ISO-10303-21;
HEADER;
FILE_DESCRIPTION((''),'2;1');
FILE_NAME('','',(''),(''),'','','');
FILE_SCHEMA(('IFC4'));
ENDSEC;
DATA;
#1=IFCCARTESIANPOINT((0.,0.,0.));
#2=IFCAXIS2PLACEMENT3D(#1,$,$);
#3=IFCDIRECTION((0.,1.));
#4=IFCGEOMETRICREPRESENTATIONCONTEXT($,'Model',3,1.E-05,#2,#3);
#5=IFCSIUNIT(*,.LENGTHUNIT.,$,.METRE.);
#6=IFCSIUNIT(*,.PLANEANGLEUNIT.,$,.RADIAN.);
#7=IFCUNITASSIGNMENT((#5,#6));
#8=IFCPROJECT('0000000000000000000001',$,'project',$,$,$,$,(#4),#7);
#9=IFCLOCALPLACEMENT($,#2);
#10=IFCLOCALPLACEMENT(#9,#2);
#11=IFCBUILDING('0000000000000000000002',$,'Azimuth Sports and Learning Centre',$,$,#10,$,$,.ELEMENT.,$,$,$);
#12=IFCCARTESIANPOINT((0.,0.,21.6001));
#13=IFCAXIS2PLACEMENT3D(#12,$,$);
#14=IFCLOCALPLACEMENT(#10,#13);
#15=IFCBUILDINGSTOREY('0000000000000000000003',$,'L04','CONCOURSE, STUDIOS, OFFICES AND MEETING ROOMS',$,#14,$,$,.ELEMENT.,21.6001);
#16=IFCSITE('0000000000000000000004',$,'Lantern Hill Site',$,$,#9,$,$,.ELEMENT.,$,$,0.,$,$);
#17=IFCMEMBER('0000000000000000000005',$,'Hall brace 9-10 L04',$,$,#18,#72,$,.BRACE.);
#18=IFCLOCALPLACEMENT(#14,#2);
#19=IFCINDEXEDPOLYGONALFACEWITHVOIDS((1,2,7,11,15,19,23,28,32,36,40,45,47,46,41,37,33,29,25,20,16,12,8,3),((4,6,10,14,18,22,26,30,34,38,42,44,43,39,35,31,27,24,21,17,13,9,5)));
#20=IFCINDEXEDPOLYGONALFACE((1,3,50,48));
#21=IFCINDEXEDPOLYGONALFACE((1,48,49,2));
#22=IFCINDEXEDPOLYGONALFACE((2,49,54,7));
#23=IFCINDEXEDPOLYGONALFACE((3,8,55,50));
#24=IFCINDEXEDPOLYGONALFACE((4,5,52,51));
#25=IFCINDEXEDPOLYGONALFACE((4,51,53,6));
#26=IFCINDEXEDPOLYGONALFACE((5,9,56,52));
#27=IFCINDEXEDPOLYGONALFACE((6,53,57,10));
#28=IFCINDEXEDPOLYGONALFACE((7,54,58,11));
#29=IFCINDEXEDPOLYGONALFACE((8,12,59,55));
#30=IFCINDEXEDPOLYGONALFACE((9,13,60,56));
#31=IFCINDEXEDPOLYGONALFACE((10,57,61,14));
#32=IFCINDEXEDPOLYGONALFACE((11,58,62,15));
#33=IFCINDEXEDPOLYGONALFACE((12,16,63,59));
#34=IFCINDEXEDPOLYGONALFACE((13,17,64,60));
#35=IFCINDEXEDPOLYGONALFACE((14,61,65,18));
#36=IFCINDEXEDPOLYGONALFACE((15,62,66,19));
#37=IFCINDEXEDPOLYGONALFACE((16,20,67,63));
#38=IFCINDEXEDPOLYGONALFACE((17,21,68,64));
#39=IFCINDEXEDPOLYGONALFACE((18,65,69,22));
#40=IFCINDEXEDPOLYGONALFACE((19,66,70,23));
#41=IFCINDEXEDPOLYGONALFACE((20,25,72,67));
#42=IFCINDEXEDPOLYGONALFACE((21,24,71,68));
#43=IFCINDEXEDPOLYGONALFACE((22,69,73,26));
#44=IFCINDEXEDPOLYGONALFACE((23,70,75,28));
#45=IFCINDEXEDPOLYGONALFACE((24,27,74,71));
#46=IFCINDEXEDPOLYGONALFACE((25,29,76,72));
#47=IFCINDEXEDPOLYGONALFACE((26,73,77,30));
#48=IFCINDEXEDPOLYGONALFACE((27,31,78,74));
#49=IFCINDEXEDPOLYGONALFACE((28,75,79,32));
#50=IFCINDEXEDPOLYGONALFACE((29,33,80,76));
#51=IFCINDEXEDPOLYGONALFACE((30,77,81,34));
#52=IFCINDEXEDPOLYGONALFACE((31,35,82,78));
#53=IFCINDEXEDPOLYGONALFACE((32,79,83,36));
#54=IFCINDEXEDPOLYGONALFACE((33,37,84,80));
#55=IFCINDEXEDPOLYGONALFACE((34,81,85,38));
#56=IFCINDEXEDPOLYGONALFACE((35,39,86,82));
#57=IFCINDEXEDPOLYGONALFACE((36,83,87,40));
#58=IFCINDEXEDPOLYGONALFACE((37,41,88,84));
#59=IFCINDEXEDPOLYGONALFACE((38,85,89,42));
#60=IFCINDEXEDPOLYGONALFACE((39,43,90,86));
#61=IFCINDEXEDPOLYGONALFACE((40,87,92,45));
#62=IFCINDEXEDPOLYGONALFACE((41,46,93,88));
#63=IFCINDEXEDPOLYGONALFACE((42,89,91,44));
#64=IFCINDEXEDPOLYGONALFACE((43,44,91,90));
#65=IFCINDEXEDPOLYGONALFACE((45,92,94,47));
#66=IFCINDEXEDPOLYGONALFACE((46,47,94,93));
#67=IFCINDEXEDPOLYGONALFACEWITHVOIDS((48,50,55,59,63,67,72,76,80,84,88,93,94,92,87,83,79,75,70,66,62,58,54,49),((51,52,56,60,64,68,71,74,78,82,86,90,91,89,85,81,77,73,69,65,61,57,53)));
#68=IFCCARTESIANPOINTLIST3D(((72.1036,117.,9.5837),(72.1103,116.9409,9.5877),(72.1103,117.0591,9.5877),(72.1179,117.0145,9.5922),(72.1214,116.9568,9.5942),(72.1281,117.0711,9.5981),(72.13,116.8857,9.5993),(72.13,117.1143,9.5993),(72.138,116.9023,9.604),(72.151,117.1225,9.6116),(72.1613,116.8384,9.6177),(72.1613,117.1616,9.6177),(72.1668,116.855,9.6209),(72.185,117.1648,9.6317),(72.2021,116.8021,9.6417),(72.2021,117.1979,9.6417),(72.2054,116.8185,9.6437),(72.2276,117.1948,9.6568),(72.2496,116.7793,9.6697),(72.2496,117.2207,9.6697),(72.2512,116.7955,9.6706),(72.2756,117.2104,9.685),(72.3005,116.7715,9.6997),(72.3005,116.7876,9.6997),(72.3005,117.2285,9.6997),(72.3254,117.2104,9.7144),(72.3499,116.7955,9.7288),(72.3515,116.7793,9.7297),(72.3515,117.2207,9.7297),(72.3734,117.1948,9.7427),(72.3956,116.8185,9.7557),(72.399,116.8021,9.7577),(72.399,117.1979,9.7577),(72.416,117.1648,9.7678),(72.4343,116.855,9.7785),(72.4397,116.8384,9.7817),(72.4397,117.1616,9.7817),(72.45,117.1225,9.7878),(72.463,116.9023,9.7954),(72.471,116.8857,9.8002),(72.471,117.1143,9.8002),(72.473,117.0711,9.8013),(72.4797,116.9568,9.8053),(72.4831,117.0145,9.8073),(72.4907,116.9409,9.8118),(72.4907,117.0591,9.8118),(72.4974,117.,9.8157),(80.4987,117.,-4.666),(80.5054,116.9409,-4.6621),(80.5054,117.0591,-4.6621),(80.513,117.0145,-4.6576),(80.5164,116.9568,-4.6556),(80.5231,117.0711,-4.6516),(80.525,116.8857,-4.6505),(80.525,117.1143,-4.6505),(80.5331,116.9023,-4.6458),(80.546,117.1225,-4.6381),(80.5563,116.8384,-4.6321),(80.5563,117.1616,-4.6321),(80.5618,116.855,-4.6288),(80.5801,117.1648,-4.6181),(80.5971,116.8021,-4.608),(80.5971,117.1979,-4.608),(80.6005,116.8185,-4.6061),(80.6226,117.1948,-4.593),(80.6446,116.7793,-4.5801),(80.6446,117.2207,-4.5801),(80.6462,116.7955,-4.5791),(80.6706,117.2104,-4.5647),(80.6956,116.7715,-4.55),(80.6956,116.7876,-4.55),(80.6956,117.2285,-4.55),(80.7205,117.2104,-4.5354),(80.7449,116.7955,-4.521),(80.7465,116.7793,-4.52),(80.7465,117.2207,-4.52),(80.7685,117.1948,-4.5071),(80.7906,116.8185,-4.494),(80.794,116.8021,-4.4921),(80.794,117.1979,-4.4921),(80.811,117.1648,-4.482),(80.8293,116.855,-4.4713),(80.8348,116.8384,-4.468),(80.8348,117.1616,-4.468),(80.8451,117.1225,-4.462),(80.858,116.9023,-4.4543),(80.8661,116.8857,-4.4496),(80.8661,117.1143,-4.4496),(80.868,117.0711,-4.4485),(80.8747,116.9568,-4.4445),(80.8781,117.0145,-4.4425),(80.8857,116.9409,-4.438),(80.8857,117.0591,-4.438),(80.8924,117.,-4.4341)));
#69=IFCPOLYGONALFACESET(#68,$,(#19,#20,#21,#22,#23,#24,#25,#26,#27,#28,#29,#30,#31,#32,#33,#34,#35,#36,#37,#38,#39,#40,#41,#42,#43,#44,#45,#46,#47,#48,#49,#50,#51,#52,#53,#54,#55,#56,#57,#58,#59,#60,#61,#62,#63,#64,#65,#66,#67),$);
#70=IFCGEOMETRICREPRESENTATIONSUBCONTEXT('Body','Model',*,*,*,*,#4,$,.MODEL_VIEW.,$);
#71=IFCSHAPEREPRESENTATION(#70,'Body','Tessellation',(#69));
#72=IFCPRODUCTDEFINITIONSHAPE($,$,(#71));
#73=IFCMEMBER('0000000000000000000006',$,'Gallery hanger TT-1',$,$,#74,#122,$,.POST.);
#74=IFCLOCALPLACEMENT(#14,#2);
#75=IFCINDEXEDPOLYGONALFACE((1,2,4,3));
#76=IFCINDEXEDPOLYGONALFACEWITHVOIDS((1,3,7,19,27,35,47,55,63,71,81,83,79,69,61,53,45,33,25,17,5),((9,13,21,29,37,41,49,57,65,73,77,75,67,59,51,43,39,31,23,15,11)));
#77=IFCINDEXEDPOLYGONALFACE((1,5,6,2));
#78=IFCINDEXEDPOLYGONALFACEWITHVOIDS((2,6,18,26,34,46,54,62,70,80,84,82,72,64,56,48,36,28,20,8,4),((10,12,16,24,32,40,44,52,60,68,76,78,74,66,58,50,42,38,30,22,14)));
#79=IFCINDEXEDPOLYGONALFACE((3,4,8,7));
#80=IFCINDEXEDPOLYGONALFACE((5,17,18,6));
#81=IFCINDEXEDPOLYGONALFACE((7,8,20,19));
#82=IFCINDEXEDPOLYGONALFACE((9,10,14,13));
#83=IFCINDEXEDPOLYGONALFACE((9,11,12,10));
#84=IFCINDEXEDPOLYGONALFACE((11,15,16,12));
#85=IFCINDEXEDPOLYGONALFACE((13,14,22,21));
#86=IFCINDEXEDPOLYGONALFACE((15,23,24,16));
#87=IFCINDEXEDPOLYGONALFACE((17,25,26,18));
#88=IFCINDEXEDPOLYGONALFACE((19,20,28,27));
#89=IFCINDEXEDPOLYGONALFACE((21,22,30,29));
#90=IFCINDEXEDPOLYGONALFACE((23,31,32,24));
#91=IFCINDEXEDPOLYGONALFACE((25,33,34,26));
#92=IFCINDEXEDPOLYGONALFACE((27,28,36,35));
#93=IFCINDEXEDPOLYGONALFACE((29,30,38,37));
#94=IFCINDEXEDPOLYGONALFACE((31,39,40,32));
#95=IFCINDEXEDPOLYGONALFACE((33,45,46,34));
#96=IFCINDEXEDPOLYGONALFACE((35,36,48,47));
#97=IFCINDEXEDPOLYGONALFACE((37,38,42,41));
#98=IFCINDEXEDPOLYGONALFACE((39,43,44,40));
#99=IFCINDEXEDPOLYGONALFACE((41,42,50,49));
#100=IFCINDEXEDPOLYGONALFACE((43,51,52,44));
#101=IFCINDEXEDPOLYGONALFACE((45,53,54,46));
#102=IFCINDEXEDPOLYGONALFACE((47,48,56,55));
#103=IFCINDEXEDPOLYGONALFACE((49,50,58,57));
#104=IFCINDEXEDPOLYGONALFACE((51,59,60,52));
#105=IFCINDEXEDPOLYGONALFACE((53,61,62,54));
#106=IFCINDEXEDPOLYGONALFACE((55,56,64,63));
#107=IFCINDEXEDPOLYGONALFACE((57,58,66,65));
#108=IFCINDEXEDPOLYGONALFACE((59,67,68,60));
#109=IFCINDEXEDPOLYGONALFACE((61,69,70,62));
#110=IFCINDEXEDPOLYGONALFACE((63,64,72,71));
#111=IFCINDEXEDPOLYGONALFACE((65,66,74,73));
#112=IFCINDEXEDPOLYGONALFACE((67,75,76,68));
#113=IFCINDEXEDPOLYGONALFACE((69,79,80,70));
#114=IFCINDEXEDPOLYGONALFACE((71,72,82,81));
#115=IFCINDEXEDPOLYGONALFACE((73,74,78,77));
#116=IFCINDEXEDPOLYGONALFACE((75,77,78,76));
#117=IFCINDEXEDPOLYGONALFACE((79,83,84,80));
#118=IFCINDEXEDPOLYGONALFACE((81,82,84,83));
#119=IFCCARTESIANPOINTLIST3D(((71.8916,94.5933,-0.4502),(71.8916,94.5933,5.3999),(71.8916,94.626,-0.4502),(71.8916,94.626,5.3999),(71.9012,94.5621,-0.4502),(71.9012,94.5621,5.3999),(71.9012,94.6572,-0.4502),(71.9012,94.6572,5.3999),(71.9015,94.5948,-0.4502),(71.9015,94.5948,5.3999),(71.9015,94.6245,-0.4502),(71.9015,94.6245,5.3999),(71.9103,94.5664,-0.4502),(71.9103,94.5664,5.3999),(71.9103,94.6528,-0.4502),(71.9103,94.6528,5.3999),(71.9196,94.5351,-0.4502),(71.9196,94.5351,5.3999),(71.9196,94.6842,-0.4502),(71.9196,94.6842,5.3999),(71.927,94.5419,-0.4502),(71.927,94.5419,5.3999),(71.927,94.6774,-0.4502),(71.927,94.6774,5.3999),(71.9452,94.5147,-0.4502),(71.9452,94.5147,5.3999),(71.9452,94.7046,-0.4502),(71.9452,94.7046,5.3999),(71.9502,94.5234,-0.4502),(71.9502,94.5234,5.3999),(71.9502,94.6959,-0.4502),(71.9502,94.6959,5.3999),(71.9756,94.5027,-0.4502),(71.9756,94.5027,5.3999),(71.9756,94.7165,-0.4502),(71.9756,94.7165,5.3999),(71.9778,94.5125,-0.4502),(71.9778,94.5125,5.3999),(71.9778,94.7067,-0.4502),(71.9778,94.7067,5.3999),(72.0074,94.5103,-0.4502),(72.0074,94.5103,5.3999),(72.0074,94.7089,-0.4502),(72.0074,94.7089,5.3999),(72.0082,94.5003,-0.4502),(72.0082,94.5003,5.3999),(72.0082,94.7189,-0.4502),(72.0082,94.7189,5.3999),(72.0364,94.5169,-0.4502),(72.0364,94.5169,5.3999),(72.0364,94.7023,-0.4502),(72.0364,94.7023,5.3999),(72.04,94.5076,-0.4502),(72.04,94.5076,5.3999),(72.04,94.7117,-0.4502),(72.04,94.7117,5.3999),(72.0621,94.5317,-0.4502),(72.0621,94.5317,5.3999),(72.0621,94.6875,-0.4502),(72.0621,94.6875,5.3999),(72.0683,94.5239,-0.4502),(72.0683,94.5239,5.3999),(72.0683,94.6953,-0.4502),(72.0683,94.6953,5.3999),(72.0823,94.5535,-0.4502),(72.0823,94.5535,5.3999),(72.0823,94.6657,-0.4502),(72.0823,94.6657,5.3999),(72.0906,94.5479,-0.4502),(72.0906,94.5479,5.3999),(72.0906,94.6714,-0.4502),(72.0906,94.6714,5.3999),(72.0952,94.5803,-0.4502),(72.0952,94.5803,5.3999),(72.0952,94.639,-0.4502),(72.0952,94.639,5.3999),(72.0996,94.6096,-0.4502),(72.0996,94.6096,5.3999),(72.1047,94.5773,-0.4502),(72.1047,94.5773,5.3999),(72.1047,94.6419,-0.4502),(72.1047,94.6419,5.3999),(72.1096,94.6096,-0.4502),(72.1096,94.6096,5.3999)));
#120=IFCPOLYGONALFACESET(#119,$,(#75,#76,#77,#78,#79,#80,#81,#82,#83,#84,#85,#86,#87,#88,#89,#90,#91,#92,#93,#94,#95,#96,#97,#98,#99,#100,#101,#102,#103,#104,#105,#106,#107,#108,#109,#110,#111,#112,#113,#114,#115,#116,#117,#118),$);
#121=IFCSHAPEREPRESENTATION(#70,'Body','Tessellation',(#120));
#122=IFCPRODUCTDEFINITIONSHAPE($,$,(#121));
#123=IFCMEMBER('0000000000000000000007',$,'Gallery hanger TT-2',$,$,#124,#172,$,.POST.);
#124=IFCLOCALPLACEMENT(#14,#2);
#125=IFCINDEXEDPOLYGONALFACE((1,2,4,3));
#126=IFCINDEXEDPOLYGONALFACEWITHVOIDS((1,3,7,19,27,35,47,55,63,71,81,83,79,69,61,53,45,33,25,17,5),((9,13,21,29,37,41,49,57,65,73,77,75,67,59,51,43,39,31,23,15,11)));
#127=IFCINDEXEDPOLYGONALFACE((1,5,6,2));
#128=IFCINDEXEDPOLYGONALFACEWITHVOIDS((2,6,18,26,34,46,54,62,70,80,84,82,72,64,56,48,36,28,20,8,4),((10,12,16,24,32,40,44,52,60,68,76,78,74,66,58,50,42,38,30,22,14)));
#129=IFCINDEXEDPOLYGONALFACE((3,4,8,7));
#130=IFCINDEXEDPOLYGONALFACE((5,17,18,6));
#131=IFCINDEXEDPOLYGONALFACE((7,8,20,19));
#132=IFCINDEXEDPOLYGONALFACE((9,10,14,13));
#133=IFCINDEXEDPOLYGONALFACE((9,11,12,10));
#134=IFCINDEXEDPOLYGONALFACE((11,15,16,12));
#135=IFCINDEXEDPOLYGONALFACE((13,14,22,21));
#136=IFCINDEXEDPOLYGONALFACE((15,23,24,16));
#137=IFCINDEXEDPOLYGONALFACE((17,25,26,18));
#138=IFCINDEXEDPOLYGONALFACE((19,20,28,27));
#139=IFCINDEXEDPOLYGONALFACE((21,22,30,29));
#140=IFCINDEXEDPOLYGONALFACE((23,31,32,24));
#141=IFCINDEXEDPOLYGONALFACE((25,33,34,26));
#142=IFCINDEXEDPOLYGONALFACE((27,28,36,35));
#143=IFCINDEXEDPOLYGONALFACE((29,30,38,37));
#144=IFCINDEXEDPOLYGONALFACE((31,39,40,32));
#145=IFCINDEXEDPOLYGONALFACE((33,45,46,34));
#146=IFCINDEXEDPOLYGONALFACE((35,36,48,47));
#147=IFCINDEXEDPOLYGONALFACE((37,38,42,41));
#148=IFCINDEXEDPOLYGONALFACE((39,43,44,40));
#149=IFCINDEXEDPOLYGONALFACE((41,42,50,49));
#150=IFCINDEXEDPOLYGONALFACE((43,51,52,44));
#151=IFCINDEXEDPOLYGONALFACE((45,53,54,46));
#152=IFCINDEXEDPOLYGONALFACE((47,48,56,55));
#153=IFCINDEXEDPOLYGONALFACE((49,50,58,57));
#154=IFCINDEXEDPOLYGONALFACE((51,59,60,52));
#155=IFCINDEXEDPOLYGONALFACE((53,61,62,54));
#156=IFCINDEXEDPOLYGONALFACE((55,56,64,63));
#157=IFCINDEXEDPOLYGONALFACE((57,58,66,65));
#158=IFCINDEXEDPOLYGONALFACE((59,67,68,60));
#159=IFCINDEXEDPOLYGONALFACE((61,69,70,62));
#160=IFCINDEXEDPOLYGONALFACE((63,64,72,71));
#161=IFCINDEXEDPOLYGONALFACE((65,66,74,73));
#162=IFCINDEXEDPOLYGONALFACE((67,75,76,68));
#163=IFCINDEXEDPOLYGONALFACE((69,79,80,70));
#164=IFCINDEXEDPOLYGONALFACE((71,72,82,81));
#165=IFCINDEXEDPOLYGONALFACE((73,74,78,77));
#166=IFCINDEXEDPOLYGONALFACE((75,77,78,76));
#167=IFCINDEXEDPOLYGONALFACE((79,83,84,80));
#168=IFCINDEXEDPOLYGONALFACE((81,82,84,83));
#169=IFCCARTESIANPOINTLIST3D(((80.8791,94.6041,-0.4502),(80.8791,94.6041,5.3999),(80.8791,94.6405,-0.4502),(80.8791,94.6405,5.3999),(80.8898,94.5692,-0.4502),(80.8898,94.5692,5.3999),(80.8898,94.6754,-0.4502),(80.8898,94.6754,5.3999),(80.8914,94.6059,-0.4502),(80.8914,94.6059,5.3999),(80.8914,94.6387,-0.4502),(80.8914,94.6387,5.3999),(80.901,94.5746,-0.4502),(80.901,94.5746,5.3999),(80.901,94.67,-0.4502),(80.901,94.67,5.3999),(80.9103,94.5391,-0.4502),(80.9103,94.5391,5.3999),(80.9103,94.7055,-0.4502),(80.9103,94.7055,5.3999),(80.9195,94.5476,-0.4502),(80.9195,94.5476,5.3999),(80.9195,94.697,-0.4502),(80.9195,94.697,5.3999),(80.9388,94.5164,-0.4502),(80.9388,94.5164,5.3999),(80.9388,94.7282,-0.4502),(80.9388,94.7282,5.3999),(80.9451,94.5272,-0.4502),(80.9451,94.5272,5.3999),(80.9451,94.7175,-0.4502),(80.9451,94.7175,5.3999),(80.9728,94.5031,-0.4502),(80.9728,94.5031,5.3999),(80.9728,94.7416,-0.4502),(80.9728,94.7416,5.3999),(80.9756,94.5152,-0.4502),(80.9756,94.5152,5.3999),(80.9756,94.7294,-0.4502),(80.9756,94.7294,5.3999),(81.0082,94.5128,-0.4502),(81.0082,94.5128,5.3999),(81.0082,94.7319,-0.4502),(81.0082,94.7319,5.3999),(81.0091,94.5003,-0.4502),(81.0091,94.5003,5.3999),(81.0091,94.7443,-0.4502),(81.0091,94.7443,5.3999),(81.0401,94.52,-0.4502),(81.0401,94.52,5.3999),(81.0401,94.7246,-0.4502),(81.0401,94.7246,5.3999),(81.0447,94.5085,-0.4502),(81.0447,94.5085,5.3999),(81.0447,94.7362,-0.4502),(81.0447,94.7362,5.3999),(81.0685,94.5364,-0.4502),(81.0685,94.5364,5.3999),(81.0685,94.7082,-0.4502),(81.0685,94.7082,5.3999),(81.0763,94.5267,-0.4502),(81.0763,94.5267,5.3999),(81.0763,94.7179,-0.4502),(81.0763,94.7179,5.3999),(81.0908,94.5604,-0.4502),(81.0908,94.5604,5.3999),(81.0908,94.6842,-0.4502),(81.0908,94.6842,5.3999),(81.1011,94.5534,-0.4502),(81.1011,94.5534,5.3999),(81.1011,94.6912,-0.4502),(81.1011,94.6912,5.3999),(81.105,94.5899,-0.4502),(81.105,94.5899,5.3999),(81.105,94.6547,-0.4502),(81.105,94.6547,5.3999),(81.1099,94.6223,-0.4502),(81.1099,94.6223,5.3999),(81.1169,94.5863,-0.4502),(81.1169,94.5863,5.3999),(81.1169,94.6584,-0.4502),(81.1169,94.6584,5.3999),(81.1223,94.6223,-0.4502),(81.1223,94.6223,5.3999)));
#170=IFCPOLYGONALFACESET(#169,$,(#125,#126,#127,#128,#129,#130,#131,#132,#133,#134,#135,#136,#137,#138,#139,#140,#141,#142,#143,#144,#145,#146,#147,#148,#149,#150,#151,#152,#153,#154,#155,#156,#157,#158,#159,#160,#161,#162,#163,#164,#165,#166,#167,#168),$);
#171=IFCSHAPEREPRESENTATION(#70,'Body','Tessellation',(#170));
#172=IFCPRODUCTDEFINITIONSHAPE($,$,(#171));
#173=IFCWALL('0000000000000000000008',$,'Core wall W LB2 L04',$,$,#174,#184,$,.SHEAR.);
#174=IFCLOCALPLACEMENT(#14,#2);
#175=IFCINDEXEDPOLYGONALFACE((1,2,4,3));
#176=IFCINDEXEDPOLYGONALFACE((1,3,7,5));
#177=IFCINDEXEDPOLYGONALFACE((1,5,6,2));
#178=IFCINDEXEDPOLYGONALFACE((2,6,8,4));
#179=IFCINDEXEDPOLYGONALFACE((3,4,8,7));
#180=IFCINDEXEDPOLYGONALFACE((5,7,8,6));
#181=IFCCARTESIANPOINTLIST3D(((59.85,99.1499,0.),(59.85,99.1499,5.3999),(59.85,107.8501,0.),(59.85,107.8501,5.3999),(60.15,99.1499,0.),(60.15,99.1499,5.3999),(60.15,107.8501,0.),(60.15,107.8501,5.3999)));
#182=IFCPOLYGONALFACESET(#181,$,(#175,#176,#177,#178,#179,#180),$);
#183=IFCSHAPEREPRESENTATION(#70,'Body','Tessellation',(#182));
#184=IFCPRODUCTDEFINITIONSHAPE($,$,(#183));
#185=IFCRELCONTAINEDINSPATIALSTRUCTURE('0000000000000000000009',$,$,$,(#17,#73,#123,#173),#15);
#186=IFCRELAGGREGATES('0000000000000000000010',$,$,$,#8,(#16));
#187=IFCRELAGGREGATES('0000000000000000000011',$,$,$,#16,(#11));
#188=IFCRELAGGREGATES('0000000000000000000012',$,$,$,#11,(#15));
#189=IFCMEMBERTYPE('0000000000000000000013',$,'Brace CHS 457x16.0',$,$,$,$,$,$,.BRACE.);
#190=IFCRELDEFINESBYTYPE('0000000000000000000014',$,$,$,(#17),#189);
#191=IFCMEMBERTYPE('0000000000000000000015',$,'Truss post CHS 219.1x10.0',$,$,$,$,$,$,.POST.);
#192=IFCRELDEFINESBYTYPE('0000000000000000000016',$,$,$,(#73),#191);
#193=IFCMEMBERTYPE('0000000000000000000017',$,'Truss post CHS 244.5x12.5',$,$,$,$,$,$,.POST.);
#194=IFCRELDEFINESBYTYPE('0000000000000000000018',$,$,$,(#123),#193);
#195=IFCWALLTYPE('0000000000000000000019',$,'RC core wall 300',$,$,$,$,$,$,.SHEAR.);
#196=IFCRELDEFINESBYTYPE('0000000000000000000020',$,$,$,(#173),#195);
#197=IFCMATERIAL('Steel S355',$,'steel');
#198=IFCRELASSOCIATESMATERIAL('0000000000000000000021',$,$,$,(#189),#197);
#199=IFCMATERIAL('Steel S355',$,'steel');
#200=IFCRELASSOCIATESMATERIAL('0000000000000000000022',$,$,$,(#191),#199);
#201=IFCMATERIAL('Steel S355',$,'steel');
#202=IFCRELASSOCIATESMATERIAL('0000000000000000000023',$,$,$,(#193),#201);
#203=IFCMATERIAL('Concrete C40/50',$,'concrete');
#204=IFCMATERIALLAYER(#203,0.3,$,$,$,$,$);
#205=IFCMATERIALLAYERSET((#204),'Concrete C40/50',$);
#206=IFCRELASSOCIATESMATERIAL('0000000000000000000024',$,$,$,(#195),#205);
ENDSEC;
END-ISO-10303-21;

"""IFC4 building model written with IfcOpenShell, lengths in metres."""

from ifc_helpers import new_model, si_unit, direction, frame, frame_2d, origin, origin_2d, place, context, subcontext, project, spatial, rectangle, hollow_circle, extrude, material, layer, layer_set, material_profile, profile_set, type_object, element, save


model = new_model("IFC4")

# Units and contexts
model_context = context("Model", 3, precision=1e-05, world=origin(), true_north=direction((0.0, 1.0)))
body_context = subcontext(model_context, "Body", "Model", "MODEL_VIEW")
ifc_project = project(units=[si_unit("LENGTHUNIT", "METRE"), si_unit("PLANEANGLEUNIT", "RADIAN")], contexts=[model_context])

# Site, building, storey
site_placement = place(None, origin())
site = spatial("IfcSite", under=ifc_project, at=site_placement, Name="Lantern Hill Site", CompositionType="ELEMENT", RefElevation=0.0)
building_placement = place(site_placement, origin())
building = spatial("IfcBuilding", under=site, at=building_placement, Name="Azimuth Sports and Learning Centre", CompositionType="ELEMENT")
storey_placement = place(building_placement, frame((0.0, 0.0, 21.6001)))
storey = spatial("IfcBuildingStorey", under=building, at=storey_placement, Name="L04", Description="CONCOURSE, STUDIOS, OFFICES AND MEETING ROOMS", CompositionType="ELEMENT", Elevation=21.6001)

# Members
ifc_material_1 = material(Name="Steel S355", Category="steel")
ifc_material_profile_1 = material_profile(ifc_material_1, hollow_circle(Radius=0.2285, WallThickness=0.0161, at=origin_2d()), Name="CHS 457x16.0")
ifc_profile_set_1 = profile_set([ifc_material_profile_1], Name="Steel S355")
member_type_1 = type_object("IfcMemberType", Name="Brace CHS 457x16.0", PredefinedType="BRACE", material=ifc_profile_set_1)
member_1_placement = place(storey_placement, frame((80.6956, 117.0, -4.55), z_axis=(-0.507595, 0.0, 0.861596), x_axis=(0.0, -1.0, 0.0)))
element("IfcMember", 1, at=member_1_placement, inside=storey, type_object=member_type_1, Name="Hall brace 9-10 L04", PredefinedType="BRACE", context=body_context, shape_type="SweptSolid", body=[
    extrude(hollow_circle(Radius=0.2285, WallThickness=0.0161, at=origin_2d()), origin(), (0.0, 0.0, 1.0), 16.5388),
])
ifc_material_2 = material(Name="Steel S355", Category="steel")
ifc_material_profile_2 = material_profile(ifc_material_2, hollow_circle(Radius=0.1096, WallThickness=0.01, at=origin_2d()), Name="CHS 219.1x10.0")
ifc_profile_set_2 = profile_set([ifc_material_profile_2], Name="Steel S355")
member_type_2 = type_object("IfcMemberType", Name="Truss post CHS 219.1x10.0", PredefinedType="POST", material=ifc_profile_set_2)
member_2_placement = place(storey_placement, frame((72.0, 94.6096, -0.4502), z_axis=(0.0, 0.0, 1.0), x_axis=(1.0, 0.0, 0.0)))
element("IfcMember", 2, at=member_2_placement, inside=storey, type_object=member_type_2, Name="Gallery hanger TT-1", PredefinedType="POST", context=body_context, shape_type="SweptSolid", body=[
    extrude(hollow_circle(Radius=0.1096, WallThickness=0.01, at=origin_2d()), origin(), (0.0, 0.0, 1.0), 5.8501),
])
ifc_material_3 = material(Name="Steel S355", Category="steel")
ifc_material_profile_3 = material_profile(ifc_material_3, hollow_circle(Radius=0.1223, WallThickness=0.0125, at=origin_2d()), Name="CHS 244.5x12.5")
ifc_profile_set_3 = profile_set([ifc_material_profile_3], Name="Steel S355")
member_type_3 = type_object("IfcMemberType", Name="Truss post CHS 244.5x12.5", PredefinedType="POST", material=ifc_profile_set_3)
member_3_placement = place(storey_placement, frame((81.0, 94.6223, -0.4502), z_axis=(0.0, 0.0, 1.0), x_axis=(1.0, 0.0, 0.0)))
element("IfcMember", 3, at=member_3_placement, inside=storey, type_object=member_type_3, Name="Gallery hanger TT-2", PredefinedType="POST", context=body_context, shape_type="SweptSolid", body=[
    extrude(hollow_circle(Radius=0.1223, WallThickness=0.0125, at=origin_2d()), origin(), (0.0, 0.0, 1.0), 5.8501),
])

# Wall
ifc_material_4 = material(Name="Concrete C40/50", Category="concrete")
ifc_layer_1 = layer(ifc_material_4, 0.3)
ifc_layer_set_1 = layer_set([ifc_layer_1], Name="Concrete C40/50")
wall_type = type_object("IfcWallType", Name="RC core wall 300", PredefinedType="SHEAR", material=ifc_layer_set_1)
wall_placement = place(storey_placement, frame((60.0, 99.1499, 0.0), z_axis=(0.0, 0.0, 1.0), x_axis=(0.0, 1.0, 0.0)))
element("IfcWall", 4, at=wall_placement, inside=storey, type_object=wall_type, Name="Core wall W LB2 L04", PredefinedType="SHEAR", context=body_context, shape_type="SweptSolid", body=[
    extrude(rectangle(XDim=8.7002, YDim=0.3, at=frame_2d((4.3501, 0.0))), origin(), (0.0, 0.0, 1.0), 5.3999),
])

save(model, "model.ifc")
